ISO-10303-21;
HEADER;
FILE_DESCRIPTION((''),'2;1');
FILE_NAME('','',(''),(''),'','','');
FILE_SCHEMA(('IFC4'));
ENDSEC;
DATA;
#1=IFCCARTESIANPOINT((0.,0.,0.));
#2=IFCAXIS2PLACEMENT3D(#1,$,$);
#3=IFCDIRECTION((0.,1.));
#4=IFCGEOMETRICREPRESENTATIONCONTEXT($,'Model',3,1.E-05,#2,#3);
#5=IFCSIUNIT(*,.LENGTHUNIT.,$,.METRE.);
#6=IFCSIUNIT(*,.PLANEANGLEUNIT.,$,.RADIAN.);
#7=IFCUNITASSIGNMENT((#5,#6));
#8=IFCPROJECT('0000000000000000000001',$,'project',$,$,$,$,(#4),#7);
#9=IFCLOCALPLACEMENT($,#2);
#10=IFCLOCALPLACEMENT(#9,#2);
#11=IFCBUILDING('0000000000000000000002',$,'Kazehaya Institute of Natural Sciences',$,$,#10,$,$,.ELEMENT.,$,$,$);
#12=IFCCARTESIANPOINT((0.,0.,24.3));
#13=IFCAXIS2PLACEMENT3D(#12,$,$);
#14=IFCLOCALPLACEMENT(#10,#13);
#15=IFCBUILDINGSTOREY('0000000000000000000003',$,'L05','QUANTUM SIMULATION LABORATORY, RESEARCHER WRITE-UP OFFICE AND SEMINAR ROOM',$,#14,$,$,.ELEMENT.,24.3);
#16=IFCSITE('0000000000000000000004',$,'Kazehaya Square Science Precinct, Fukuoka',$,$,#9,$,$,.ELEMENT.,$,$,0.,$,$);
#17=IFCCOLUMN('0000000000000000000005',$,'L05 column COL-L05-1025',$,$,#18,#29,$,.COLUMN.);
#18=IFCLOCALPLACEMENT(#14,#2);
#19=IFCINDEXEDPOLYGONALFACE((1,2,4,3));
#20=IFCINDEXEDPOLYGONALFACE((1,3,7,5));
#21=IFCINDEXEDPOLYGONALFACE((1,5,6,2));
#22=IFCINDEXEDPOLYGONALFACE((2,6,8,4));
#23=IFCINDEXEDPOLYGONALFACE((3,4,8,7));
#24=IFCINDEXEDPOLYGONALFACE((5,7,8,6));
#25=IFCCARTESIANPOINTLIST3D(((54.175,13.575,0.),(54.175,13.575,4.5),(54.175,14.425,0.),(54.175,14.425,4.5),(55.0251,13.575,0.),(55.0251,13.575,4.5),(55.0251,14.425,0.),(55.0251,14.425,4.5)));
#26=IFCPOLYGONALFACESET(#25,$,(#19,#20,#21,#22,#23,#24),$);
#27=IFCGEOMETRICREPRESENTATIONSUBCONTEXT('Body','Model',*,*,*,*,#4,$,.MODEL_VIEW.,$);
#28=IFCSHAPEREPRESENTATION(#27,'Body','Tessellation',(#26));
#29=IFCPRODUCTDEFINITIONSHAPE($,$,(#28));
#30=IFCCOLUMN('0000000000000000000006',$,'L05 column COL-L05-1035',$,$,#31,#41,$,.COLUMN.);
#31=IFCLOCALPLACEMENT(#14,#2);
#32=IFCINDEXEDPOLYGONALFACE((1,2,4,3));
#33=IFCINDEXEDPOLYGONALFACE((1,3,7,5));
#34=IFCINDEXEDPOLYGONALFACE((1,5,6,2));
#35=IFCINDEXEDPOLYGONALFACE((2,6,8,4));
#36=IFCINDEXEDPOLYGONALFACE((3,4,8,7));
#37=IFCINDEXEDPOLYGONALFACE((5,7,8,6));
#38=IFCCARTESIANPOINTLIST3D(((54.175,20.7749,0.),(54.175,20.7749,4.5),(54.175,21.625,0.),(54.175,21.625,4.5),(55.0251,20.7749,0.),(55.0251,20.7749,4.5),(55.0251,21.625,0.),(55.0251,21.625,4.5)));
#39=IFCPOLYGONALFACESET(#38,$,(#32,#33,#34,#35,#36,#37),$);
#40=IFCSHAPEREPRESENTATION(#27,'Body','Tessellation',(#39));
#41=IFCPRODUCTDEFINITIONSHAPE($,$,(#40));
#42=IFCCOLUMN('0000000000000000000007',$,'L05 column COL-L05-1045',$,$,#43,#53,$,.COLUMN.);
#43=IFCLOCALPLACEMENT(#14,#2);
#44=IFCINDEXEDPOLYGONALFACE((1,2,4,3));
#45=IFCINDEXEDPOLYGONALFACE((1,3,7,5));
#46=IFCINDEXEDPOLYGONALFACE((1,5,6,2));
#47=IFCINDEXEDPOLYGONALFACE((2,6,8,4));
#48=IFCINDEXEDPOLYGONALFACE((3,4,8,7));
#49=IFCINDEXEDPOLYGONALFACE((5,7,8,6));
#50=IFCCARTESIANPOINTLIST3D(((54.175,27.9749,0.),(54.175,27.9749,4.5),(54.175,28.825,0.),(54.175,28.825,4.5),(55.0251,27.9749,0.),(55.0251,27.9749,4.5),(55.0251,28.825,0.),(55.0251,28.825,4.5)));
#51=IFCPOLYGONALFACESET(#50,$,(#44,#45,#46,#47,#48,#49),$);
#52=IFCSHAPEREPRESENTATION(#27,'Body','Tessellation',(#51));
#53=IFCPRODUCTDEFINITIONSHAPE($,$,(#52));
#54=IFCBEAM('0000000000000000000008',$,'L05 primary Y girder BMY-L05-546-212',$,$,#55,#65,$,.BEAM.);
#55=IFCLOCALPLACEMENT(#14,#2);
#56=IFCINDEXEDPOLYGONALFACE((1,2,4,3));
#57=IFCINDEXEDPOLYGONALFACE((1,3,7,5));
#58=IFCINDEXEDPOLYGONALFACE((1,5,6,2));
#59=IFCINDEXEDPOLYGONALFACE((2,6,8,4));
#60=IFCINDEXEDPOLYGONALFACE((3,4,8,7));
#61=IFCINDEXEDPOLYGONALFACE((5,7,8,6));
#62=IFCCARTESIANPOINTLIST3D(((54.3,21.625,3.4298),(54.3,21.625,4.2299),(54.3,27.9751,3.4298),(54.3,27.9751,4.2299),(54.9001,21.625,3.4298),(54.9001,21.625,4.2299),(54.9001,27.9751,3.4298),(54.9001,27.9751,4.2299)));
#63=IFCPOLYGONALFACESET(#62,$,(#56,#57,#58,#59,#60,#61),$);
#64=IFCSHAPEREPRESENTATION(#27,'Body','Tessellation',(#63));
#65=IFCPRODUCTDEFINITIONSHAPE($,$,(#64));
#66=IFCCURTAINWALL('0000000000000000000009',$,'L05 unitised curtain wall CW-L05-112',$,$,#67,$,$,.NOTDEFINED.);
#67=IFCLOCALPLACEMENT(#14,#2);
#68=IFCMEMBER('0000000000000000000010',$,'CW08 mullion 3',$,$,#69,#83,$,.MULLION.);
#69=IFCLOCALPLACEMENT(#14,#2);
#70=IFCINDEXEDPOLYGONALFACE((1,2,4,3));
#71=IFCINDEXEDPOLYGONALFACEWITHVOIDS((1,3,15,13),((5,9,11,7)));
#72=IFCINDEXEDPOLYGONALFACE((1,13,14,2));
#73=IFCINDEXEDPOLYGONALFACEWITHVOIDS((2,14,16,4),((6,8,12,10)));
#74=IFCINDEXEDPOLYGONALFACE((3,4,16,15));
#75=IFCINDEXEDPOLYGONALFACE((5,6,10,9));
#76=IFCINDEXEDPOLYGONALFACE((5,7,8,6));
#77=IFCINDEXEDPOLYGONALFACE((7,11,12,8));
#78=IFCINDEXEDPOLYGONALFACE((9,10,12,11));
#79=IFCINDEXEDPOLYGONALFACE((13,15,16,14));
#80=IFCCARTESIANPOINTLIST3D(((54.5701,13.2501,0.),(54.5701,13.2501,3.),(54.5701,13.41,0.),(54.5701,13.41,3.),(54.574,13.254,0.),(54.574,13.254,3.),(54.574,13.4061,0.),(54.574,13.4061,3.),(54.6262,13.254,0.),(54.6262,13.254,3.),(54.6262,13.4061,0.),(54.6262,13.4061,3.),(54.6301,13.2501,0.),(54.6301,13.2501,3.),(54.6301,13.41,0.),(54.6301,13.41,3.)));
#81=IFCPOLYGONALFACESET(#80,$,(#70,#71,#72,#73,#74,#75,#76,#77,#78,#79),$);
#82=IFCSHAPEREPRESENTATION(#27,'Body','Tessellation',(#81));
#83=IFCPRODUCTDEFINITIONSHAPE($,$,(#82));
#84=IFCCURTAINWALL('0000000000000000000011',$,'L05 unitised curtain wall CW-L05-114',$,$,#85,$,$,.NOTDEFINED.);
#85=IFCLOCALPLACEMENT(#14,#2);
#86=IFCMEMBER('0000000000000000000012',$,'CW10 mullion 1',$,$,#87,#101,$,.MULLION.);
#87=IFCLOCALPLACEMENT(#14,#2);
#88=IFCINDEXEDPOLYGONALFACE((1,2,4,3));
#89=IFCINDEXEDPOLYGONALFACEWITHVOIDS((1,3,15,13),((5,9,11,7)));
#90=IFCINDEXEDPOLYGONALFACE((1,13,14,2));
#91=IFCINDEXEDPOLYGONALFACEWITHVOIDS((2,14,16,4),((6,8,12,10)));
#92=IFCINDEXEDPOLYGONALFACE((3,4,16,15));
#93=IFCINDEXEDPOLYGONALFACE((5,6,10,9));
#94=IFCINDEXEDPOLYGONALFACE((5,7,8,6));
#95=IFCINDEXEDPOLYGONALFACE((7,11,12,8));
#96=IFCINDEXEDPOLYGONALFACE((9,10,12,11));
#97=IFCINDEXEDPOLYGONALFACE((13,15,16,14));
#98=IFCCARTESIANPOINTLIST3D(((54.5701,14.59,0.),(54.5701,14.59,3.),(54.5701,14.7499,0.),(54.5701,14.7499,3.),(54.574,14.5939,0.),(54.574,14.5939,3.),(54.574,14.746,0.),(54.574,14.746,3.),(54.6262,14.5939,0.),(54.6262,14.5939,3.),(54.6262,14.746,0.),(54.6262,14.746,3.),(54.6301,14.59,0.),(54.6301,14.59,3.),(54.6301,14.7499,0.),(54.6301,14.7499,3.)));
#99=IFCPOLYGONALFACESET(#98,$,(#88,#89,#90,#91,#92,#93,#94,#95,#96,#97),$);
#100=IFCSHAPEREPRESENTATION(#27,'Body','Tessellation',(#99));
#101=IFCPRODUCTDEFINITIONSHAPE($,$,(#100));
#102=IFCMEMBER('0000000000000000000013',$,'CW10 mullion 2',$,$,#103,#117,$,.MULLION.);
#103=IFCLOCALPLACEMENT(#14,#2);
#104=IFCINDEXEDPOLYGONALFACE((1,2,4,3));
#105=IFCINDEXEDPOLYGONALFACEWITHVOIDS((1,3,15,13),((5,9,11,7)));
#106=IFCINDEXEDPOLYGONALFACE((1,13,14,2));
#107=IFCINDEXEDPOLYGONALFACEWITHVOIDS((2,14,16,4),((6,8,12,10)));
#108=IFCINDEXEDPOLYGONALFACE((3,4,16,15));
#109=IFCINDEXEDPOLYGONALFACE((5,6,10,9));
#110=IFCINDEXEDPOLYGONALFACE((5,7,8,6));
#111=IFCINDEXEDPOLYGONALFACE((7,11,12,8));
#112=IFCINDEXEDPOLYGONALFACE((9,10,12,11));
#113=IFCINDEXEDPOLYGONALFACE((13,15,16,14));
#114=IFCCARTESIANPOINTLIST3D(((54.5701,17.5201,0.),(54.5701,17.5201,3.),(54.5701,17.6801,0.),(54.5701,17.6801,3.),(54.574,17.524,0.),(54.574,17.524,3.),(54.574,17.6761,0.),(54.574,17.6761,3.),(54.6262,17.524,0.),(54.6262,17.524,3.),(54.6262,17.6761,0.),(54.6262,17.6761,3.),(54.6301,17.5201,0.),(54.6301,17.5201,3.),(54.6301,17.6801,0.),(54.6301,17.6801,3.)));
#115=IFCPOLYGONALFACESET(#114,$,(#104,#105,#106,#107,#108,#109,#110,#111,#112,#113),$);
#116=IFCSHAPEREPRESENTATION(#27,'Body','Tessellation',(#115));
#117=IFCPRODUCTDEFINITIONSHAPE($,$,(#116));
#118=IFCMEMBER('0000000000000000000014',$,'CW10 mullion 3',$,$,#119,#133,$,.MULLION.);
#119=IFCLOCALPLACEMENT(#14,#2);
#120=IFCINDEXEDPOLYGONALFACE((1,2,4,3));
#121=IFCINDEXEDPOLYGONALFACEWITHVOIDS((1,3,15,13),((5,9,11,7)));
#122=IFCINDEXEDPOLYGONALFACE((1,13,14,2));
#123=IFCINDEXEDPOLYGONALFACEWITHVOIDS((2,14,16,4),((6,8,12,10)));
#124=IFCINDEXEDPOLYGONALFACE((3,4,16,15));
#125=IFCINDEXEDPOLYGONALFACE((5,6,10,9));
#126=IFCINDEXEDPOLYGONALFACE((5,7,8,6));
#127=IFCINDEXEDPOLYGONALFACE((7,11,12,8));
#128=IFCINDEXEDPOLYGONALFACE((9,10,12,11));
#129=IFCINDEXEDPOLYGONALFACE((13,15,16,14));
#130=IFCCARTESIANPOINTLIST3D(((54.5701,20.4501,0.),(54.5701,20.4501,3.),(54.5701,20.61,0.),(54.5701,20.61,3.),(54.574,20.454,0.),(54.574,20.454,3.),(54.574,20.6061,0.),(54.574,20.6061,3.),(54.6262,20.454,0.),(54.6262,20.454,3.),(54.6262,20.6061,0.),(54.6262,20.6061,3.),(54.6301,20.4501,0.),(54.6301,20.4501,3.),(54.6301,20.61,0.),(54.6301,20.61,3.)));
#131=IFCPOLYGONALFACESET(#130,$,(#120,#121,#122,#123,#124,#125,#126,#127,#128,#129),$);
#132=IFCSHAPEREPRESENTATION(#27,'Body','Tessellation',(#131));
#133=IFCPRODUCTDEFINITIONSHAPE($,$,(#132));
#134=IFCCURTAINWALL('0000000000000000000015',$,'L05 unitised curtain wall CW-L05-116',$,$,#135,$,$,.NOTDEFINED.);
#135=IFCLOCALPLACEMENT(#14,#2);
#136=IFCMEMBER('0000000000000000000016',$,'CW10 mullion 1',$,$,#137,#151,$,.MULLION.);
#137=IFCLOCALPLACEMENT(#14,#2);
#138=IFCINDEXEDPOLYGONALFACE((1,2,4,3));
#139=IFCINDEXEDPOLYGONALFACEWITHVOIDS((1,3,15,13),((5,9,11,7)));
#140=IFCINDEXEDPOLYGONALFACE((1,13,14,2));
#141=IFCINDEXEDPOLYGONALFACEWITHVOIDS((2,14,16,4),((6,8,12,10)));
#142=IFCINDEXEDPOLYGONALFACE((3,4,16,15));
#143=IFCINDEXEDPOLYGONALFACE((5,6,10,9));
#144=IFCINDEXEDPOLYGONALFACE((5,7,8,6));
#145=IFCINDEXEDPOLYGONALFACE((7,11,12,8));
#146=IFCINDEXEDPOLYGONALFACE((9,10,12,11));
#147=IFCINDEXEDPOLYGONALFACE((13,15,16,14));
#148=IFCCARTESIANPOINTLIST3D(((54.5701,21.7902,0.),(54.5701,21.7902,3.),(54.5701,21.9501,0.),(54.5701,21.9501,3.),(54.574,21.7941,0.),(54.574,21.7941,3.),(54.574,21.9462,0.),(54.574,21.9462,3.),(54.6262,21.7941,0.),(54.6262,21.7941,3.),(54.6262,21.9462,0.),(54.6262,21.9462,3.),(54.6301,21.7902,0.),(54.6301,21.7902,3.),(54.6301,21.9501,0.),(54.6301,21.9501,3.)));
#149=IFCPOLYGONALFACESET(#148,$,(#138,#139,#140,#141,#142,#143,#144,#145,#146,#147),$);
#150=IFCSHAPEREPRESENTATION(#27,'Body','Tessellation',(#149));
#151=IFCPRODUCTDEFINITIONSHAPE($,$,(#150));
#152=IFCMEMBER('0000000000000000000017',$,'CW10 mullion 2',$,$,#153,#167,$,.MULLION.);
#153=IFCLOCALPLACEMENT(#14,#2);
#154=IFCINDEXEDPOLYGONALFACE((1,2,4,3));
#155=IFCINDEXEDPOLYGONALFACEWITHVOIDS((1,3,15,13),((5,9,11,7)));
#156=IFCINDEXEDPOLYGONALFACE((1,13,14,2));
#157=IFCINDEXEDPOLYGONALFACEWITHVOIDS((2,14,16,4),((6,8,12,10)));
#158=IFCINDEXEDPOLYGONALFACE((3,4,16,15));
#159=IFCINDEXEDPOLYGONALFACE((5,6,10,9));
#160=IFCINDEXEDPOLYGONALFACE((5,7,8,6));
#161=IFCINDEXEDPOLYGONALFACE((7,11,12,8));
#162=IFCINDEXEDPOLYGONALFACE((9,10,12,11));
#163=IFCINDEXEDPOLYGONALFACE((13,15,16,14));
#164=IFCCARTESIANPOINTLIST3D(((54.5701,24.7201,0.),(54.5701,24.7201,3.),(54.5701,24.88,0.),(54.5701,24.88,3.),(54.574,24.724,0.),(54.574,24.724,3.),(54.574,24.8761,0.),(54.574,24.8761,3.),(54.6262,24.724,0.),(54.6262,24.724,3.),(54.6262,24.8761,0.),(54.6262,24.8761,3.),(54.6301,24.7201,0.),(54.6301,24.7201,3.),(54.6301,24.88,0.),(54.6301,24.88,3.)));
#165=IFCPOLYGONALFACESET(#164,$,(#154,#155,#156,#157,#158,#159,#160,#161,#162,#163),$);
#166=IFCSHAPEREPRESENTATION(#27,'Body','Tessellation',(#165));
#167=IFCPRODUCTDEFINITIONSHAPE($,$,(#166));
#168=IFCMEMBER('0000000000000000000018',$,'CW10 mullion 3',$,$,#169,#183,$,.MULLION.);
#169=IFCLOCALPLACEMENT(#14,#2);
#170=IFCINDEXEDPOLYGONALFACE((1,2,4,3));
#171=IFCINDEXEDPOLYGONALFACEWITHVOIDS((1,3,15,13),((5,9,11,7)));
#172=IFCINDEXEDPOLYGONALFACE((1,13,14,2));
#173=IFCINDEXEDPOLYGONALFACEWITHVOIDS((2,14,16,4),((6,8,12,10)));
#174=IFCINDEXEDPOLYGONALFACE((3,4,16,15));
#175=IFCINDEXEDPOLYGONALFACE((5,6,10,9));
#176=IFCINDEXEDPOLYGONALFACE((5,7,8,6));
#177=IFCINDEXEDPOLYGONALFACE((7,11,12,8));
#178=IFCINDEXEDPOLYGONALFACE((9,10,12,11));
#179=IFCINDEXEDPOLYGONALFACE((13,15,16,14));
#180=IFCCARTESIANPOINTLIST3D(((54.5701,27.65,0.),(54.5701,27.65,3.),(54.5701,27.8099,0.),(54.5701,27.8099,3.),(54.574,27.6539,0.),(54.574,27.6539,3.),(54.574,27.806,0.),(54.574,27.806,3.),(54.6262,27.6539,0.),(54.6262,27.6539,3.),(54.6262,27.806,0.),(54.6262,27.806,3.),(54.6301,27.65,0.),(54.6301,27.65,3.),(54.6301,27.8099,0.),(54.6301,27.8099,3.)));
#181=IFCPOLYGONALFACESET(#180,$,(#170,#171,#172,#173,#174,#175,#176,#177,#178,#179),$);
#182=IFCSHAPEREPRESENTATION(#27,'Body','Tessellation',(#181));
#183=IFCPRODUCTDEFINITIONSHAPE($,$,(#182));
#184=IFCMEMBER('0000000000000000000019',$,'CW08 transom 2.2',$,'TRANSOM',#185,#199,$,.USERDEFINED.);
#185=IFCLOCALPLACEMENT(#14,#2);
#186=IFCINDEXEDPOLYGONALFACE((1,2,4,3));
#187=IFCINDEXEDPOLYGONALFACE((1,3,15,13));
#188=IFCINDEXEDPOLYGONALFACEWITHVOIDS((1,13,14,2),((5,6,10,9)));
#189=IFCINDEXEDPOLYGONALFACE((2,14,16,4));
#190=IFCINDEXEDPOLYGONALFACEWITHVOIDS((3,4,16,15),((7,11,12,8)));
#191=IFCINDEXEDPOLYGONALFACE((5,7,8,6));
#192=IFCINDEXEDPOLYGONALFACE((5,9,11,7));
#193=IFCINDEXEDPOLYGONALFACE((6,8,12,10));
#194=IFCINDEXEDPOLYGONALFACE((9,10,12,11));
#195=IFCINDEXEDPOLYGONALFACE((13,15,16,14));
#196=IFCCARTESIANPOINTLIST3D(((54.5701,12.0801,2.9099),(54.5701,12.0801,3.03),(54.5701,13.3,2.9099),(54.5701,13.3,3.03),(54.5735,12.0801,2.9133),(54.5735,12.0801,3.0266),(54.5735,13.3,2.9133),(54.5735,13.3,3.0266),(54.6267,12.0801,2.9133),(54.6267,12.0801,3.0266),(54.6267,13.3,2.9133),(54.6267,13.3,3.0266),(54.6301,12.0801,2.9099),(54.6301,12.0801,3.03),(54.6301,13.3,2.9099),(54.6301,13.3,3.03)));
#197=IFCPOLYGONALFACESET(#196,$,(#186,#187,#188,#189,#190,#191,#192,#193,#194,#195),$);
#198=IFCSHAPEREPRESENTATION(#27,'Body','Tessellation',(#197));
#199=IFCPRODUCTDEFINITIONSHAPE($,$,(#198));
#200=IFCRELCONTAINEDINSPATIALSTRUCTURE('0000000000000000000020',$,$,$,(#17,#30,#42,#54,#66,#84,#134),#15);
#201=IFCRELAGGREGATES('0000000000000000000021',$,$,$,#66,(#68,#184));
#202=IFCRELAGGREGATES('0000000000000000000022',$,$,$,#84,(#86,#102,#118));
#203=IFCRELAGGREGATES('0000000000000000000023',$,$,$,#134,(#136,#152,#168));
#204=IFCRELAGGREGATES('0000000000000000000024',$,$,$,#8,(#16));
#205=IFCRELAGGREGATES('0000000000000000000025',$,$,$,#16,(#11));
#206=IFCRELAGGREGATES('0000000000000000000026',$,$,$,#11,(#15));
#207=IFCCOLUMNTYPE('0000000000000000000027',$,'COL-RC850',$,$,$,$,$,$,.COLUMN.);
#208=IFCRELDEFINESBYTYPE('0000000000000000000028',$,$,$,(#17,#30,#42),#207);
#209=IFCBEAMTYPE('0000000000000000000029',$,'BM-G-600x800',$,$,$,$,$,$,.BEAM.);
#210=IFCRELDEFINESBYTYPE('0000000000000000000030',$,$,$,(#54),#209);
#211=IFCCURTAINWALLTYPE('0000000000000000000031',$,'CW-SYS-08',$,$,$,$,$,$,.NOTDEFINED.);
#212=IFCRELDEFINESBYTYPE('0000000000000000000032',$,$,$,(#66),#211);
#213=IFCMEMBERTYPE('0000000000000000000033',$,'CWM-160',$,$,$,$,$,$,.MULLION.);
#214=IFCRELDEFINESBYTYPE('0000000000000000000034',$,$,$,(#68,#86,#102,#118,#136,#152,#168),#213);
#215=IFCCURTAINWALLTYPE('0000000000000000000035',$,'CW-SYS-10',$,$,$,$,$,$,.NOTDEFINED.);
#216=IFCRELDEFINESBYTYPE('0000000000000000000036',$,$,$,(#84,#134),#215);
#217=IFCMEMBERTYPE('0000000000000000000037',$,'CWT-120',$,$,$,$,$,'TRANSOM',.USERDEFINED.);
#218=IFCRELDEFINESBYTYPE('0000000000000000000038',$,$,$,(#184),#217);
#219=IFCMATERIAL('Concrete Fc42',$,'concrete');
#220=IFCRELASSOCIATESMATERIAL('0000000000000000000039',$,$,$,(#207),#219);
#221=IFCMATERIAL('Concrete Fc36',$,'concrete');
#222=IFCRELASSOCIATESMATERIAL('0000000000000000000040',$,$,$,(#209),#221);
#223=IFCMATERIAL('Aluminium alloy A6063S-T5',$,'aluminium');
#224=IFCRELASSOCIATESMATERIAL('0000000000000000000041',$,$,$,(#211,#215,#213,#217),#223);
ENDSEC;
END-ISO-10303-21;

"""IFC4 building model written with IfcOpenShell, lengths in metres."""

from ifc_helpers import new_model, si_unit, direction, frame, origin, origin_2d, place, context, subcontext, project, spatial, rectangle, hollow_rectangle, extrude, material, material_profile, profile_set, type_object, element, aggregate, save


model = new_model("IFC4")

# Units and contexts
model_context = context("Model", 3, precision=1e-05, world=origin(), true_north=direction((0.0, 1.0)))
body_context = subcontext(model_context, "Body", "Model", "MODEL_VIEW")
ifc_project = project(units=[si_unit("LENGTHUNIT", "METRE"), si_unit("PLANEANGLEUNIT", "RADIAN")], contexts=[model_context])

# Site, building, storey
site_placement = place(None, origin())
site = spatial("IfcSite", under=ifc_project, at=site_placement, Name="Kazehaya Square Science Precinct, Fukuoka", CompositionType="ELEMENT", RefElevation=0.0)
building_placement = place(site_placement, origin())
building = spatial("IfcBuilding", under=site, at=building_placement, Name="Kazehaya Institute of Natural Sciences", CompositionType="ELEMENT")
storey_placement = place(building_placement, frame((0.0, 0.0, 24.3)))
storey = spatial("IfcBuildingStorey", under=building, at=storey_placement, Name="L05", Description="QUANTUM SIMULATION LABORATORY, RESEARCHER WRITE-UP OFFICE AND SEMINAR ROOM", CompositionType="ELEMENT", Elevation=24.3)

# Columns
ifc_material_1 = material(Name="Concrete Fc42", Category="concrete")
ifc_material_profile_1 = material_profile(ifc_material_1, rectangle(XDim=0.8501, YDim=0.8501, at=origin_2d()), Name="RC-850x850")
ifc_profile_set_1 = profile_set([ifc_material_profile_1], Name="Concrete Fc42")
column_type = type_object("IfcColumnType", Name="COL-RC850", PredefinedType="COLUMN", material=ifc_profile_set_1)
for number, where, z_axis, x_axis, name in (
    (1, (54.6001, 14.0, 0.0), (0.0, 0.0, 1.0), (1.0, 0.0, 0.0), "L05 column COL-L05-1025"),
    (2, (54.6001, 21.2, 0.0), (0.0, 0.0, 1.0), (1.0, 0.0, 0.0), "L05 column COL-L05-1035"),
    (3, (54.6001, 28.3999, 0.0), (0.0, 0.0, 1.0), (1.0, 0.0, 0.0), "L05 column COL-L05-1045"),
):
    element("IfcColumn", number, at=place(storey_placement, frame(where, z_axis=z_axis, x_axis=x_axis)), inside=storey, type_object=column_type, Name=name, PredefinedType="COLUMN", context=body_context, shape_type="SweptSolid", body=[
        extrude(rectangle(XDim=0.8501, YDim=0.8501, at=origin_2d()), origin(), (0.0, 0.0, 1.0), 4.5),
    ])

# Beam
ifc_material_2 = material(Name="Concrete Fc36", Category="concrete")
ifc_material_profile_2 = material_profile(ifc_material_2, rectangle(XDim=0.6001, YDim=0.8, at=origin_2d()), Name="RC-600x800")
ifc_profile_set_2 = profile_set([ifc_material_profile_2], Name="Concrete Fc36")
beam_type = type_object("IfcBeamType", Name="BM-G-600x800", PredefinedType="BEAM", material=ifc_profile_set_2)
beam_placement = place(storey_placement, frame((54.6001, 21.625, 3.8298), z_axis=(0.0, 1.0, 0.0), x_axis=(-1.0, 0.0, 0.0)))
element("IfcBeam", 4, at=beam_placement, inside=storey, type_object=beam_type, Name="L05 primary Y girder BMY-L05-546-212", PredefinedType="BEAM", context=body_context, shape_type="SweptSolid", body=[
    extrude(rectangle(XDim=0.6001, YDim=0.8, at=origin_2d()), origin(), (0.0, 0.0, 1.0), 6.3501),
])

# Curtain wall, member
ifc_material_3 = material(Name="Aluminium alloy A6063S-T5", Category="aluminium")
curtain_wall_type_1 = type_object("IfcCurtainWallType", Name="CW-SYS-08", PredefinedType="NOTDEFINED", material=ifc_material_3)
curtain_wall_1_placement = place(storey_placement, origin())
curtain_wall_1 = element("IfcCurtainWall", 5, at=curtain_wall_1_placement, inside=storey, type_object=curtain_wall_type_1, Name="L05 unitised curtain wall CW-L05-112", PredefinedType="NOTDEFINED")
ifc_material_profile_3 = material_profile(ifc_material_3, hollow_rectangle(XDim=0.0601, YDim=0.1599, WallThickness=0.0039, at=origin_2d()), Name="ALU-60x160x4")
ifc_profile_set_3 = profile_set([ifc_material_profile_3], Name="Aluminium alloy A6063S-T5")
member_type_1 = type_object("IfcMemberType", Name="CWM-160", PredefinedType="MULLION", material=ifc_profile_set_3)
member_1_placement = place(storey_placement, frame((54.6001, 13.3301, 0.0), z_axis=(0.0, 0.0, 1.0), x_axis=(-1.0, 0.0, 0.0)))
member_1 = element("IfcMember", 6, at=member_1_placement, type_object=member_type_1, Name="CW08 mullion 3", PredefinedType="MULLION", context=body_context, shape_type="SweptSolid", body=[
    extrude(hollow_rectangle(XDim=0.0601, YDim=0.1599, WallThickness=0.0039, at=origin_2d()), origin(), (0.0, 0.0, 1.0), 3.0),
])

# Curtain walls, members
curtain_wall_type_2 = type_object("IfcCurtainWallType", Name="CW-SYS-10", PredefinedType="NOTDEFINED", material=ifc_material_3)
curtain_wall_2_placement = place(storey_placement, origin())
curtain_wall_2 = element("IfcCurtainWall", 7, at=curtain_wall_2_placement, inside=storey, type_object=curtain_wall_type_2, Name="L05 unitised curtain wall CW-L05-114", PredefinedType="NOTDEFINED")
member_2_placement = place(storey_placement, frame((54.6001, 14.6699, 0.0), z_axis=(0.0, 0.0, 1.0), x_axis=(-1.0, 0.0, 0.0)))
member_2 = element("IfcMember", 8, at=member_2_placement, type_object=member_type_1, Name="CW10 mullion 1", PredefinedType="MULLION", context=body_context, shape_type="SweptSolid", body=[
    extrude(hollow_rectangle(XDim=0.0601, YDim=0.1599, WallThickness=0.0039, at=origin_2d()), origin(), (0.0, 0.0, 1.0), 3.0),
])
member_3_placement = place(storey_placement, frame((54.6001, 17.6001, 0.0), z_axis=(0.0, 0.0, 1.0), x_axis=(-1.0, 0.0, 0.0)))
member_3 = element("IfcMember", 9, at=member_3_placement, type_object=member_type_1, Name="CW10 mullion 2", PredefinedType="MULLION", context=body_context, shape_type="SweptSolid", body=[
    extrude(hollow_rectangle(XDim=0.0601, YDim=0.1599, WallThickness=0.0039, at=origin_2d()), origin(), (0.0, 0.0, 1.0), 3.0),
])
member_4_placement = place(storey_placement, frame((54.6001, 20.53, 0.0), z_axis=(0.0, 0.0, 1.0), x_axis=(-1.0, 0.0, 0.0)))
member_4 = element("IfcMember", 10, at=member_4_placement, type_object=member_type_1, Name="CW10 mullion 3", PredefinedType="MULLION", context=body_context, shape_type="SweptSolid", body=[
    extrude(hollow_rectangle(XDim=0.0601, YDim=0.1599, WallThickness=0.0039, at=origin_2d()), origin(), (0.0, 0.0, 1.0), 3.0),
])
curtain_wall_3_placement = place(storey_placement, origin())
curtain_wall_3 = element("IfcCurtainWall", 11, at=curtain_wall_3_placement, inside=storey, type_object=curtain_wall_type_2, Name="L05 unitised curtain wall CW-L05-116", PredefinedType="NOTDEFINED")
member_5_placement = place(storey_placement, frame((54.6001, 21.8701, 0.0), z_axis=(0.0, 0.0, 1.0), x_axis=(-1.0, 0.0, 0.0)))
member_5 = element("IfcMember", 12, at=member_5_placement, type_object=member_type_1, Name="CW10 mullion 1", PredefinedType="MULLION", context=body_context, shape_type="SweptSolid", body=[
    extrude(hollow_rectangle(XDim=0.0601, YDim=0.1599, WallThickness=0.0039, at=origin_2d()), origin(), (0.0, 0.0, 1.0), 3.0),
])
member_6_placement = place(storey_placement, frame((54.6001, 24.8, 0.0), z_axis=(0.0, 0.0, 1.0), x_axis=(-1.0, 0.0, 0.0)))
member_6 = element("IfcMember", 13, at=member_6_placement, type_object=member_type_1, Name="CW10 mullion 2", PredefinedType="MULLION", context=body_context, shape_type="SweptSolid", body=[
    extrude(hollow_rectangle(XDim=0.0601, YDim=0.1599, WallThickness=0.0039, at=origin_2d()), origin(), (0.0, 0.0, 1.0), 3.0),
])
member_7_placement = place(storey_placement, frame((54.6001, 27.73, 0.0), z_axis=(0.0, 0.0, 1.0), x_axis=(-1.0, 0.0, 0.0)))
member_7 = element("IfcMember", 14, at=member_7_placement, type_object=member_type_1, Name="CW10 mullion 3", PredefinedType="MULLION", context=body_context, shape_type="SweptSolid", body=[
    extrude(hollow_rectangle(XDim=0.0601, YDim=0.1599, WallThickness=0.0039, at=origin_2d()), origin(), (0.0, 0.0, 1.0), 3.0),
])

# Member
ifc_material_profile_4 = material_profile(ifc_material_3, hollow_rectangle(XDim=0.0601, YDim=0.1201, WallThickness=0.0034, at=origin_2d()), Name="ALU-60x120x3.5")
ifc_profile_set_4 = profile_set([ifc_material_profile_4], Name="Aluminium alloy A6063S-T5")
member_type_2 = type_object("IfcMemberType", Name="CWT-120", ElementType="TRANSOM", PredefinedType="USERDEFINED", material=ifc_profile_set_4)
member_8_placement = place(storey_placement, frame((54.6001, 12.0801, 2.97), z_axis=(0.0, 1.0, 0.0), x_axis=(-1.0, 0.0, 0.0)))
member_8 = element("IfcMember", 15, at=member_8_placement, type_object=member_type_2, Name="CW08 transom 2.2", ObjectType="TRANSOM", PredefinedType="USERDEFINED", context=body_context, shape_type="SweptSolid", body=[
    extrude(hollow_rectangle(XDim=0.0601, YDim=0.1201, WallThickness=0.0034, at=origin_2d()), origin(), (0.0, 0.0, 1.0), 1.22),
])

aggregate(curtain_wall_1, [member_1, member_8])
aggregate(curtain_wall_2, [member_2, member_3, member_4])
aggregate(curtain_wall_3, [member_5, member_6, member_7])

save(model, "model.ifc")
